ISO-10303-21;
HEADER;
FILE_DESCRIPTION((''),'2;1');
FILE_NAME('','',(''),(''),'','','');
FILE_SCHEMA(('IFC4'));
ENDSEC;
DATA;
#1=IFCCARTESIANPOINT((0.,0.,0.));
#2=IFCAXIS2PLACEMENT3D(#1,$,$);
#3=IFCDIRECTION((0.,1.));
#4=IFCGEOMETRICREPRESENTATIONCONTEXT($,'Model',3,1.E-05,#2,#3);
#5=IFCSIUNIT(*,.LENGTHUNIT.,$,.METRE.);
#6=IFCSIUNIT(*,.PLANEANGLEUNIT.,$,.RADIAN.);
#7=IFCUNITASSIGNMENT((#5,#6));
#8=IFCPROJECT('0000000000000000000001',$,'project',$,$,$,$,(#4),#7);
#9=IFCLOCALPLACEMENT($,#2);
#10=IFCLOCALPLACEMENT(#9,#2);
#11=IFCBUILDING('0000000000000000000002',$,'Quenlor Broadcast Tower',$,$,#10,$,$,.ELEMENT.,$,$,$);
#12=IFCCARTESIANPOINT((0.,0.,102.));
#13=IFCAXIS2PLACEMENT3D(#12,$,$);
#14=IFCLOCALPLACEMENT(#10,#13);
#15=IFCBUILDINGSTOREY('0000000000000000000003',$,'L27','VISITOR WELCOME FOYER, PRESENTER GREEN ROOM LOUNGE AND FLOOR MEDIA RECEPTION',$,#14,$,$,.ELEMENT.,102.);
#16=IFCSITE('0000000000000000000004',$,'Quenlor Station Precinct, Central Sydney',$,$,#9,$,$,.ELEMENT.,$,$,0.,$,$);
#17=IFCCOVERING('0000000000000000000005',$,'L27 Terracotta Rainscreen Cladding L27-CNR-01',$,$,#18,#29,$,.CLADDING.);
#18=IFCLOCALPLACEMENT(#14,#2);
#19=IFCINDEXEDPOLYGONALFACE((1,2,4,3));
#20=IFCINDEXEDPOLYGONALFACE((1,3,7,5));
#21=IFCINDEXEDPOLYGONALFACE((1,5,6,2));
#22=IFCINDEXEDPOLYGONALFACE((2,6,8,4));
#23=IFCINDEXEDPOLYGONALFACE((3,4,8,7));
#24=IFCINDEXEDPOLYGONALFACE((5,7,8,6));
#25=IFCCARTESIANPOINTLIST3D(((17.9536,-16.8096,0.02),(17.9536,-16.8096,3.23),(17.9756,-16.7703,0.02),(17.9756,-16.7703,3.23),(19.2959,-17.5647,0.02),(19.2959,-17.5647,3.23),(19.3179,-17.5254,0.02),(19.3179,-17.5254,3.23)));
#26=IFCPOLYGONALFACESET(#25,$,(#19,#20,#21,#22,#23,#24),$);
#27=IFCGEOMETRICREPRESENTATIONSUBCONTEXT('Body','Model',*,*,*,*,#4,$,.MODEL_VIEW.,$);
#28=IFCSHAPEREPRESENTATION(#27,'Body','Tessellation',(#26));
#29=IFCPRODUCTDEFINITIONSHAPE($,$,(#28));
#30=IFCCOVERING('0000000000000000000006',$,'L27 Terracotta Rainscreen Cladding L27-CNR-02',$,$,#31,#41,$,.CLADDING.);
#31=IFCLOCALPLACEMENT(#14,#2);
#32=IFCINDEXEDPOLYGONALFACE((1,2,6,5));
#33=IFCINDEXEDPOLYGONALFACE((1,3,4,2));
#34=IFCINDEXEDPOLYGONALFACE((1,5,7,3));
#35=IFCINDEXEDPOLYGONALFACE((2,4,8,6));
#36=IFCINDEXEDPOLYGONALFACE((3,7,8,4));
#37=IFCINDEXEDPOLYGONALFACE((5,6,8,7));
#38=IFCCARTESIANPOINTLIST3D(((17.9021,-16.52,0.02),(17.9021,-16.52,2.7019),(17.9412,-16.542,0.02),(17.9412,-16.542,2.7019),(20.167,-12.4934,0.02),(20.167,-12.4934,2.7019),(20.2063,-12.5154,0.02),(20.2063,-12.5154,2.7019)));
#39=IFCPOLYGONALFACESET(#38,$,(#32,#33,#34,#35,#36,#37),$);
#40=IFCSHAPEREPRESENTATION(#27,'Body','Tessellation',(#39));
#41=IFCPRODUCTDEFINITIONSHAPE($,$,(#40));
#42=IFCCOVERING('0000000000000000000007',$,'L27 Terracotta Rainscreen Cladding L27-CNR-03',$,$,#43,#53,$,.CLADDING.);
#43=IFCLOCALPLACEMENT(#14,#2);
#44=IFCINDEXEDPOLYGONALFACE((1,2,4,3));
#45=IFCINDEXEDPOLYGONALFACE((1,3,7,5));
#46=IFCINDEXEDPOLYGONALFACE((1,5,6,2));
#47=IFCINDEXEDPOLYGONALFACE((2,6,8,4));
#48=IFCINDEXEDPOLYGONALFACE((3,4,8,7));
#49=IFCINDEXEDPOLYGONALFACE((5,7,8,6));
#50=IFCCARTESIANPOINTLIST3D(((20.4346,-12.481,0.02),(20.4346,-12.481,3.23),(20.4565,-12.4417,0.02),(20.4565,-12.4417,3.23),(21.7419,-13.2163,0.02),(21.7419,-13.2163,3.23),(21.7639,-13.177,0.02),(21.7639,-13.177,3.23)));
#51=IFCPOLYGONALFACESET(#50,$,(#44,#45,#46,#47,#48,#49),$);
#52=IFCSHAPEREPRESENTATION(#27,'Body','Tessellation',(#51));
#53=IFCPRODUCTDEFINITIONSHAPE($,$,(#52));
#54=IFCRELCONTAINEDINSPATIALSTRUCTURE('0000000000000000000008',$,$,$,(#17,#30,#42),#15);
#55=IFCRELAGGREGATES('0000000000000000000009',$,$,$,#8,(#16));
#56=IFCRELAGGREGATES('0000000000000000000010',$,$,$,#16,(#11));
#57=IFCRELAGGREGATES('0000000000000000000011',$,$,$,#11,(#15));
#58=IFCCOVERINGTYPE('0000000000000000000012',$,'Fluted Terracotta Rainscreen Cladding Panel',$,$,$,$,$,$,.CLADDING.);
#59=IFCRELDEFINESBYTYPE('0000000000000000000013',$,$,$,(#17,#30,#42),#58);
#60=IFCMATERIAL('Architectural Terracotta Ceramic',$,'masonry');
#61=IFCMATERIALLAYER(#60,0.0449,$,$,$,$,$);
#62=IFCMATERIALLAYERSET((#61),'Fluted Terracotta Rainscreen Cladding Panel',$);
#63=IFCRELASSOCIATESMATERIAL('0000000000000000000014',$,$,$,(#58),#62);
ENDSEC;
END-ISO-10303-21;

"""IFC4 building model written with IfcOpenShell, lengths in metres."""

from ifc_helpers import new_model, si_unit, direction, frame, origin, place, context, subcontext, project, spatial, polyline, outline, extrude, material, layer, layer_set, type_object, element, save


model = new_model("IFC4")

# Units and contexts
model_context = context("Model", 3, precision=1e-05, world=origin(), true_north=direction((0.0, 1.0)))
body_context = subcontext(model_context, "Body", "Model", "MODEL_VIEW")
ifc_project = project(units=[si_unit("LENGTHUNIT", "METRE"), si_unit("PLANEANGLEUNIT", "RADIAN")], contexts=[model_context])

# Site, building, storey
site_placement = place(None, origin())
site = spatial("IfcSite", under=ifc_project, at=site_placement, Name="Quenlor Station Precinct, Central Sydney", CompositionType="ELEMENT", RefElevation=0.0)
building_placement = place(site_placement, origin())
building = spatial("IfcBuilding", under=site, at=building_placement, Name="Quenlor Broadcast Tower", CompositionType="ELEMENT")
storey_placement = place(building_placement, frame((0.0, 0.0, 102.0)))
storey = spatial("IfcBuildingStorey", under=building, at=storey_placement, Name="L27", Description="VISITOR WELCOME FOYER, PRESENTER GREEN ROOM LOUNGE AND FLOOR MEDIA RECEPTION", CompositionType="ELEMENT", Elevation=102.0)

# Coverings
ifc_material_1 = material(Name="Architectural Terracotta Ceramic", Category="masonry")
ifc_layer_1 = layer(ifc_material_1, 0.0449)
ifc_layer_set_1 = layer_set([ifc_layer_1], Name="Fluted Terracotta Rainscreen Cladding Panel")
covering_type = type_object("IfcCoveringType", Name="Fluted Terracotta Rainscreen Cladding Panel", PredefinedType="CLADDING", material=ifc_layer_set_1)
covering_1_placement = place(storey_placement, frame((0.0, 0.0, 0.02)))
element("IfcCovering", 1, at=covering_1_placement, inside=storey, type_object=covering_type, Name="L27 Terracotta Rainscreen Cladding L27-CNR-01", PredefinedType="CLADDING", context=body_context, shape_type="SweptSolid", body=[
    extrude(outline(polyline([(19.3179, -17.5254), (17.9756, -16.7703), (17.9536, -16.8096), (19.2959, -17.5647), (19.3179, -17.5254)])), origin(), (0.0, 0.0, 1.0), 3.21),
])
covering_2_placement = place(storey_placement, frame((0.0, 0.0, 0.02)))
element("IfcCovering", 2, at=covering_2_placement, inside=storey, type_object=covering_type, Name="L27 Terracotta Rainscreen Cladding L27-CNR-02", PredefinedType="CLADDING", context=body_context, shape_type="SweptSolid", body=[
    extrude(outline(polyline([(17.9412, -16.542), (20.2063, -12.5154), (20.167, -12.4934), (17.9021, -16.52), (17.9412, -16.542)])), origin(), (0.0, 0.0, 1.0), 2.6819),
])
covering_3_placement = place(storey_placement, frame((0.0, 0.0, 0.02)))
element("IfcCovering", 3, at=covering_3_placement, inside=storey, type_object=covering_type, Name="L27 Terracotta Rainscreen Cladding L27-CNR-03", PredefinedType="CLADDING", context=body_context, shape_type="SweptSolid", body=[
    extrude(outline(polyline([(20.4346, -12.481), (21.7419, -13.2163), (21.7639, -13.177), (20.4565, -12.4417), (20.4346, -12.481)])), origin(), (0.0, 0.0, 1.0), 3.21),
])

save(model, "model.ifc")
